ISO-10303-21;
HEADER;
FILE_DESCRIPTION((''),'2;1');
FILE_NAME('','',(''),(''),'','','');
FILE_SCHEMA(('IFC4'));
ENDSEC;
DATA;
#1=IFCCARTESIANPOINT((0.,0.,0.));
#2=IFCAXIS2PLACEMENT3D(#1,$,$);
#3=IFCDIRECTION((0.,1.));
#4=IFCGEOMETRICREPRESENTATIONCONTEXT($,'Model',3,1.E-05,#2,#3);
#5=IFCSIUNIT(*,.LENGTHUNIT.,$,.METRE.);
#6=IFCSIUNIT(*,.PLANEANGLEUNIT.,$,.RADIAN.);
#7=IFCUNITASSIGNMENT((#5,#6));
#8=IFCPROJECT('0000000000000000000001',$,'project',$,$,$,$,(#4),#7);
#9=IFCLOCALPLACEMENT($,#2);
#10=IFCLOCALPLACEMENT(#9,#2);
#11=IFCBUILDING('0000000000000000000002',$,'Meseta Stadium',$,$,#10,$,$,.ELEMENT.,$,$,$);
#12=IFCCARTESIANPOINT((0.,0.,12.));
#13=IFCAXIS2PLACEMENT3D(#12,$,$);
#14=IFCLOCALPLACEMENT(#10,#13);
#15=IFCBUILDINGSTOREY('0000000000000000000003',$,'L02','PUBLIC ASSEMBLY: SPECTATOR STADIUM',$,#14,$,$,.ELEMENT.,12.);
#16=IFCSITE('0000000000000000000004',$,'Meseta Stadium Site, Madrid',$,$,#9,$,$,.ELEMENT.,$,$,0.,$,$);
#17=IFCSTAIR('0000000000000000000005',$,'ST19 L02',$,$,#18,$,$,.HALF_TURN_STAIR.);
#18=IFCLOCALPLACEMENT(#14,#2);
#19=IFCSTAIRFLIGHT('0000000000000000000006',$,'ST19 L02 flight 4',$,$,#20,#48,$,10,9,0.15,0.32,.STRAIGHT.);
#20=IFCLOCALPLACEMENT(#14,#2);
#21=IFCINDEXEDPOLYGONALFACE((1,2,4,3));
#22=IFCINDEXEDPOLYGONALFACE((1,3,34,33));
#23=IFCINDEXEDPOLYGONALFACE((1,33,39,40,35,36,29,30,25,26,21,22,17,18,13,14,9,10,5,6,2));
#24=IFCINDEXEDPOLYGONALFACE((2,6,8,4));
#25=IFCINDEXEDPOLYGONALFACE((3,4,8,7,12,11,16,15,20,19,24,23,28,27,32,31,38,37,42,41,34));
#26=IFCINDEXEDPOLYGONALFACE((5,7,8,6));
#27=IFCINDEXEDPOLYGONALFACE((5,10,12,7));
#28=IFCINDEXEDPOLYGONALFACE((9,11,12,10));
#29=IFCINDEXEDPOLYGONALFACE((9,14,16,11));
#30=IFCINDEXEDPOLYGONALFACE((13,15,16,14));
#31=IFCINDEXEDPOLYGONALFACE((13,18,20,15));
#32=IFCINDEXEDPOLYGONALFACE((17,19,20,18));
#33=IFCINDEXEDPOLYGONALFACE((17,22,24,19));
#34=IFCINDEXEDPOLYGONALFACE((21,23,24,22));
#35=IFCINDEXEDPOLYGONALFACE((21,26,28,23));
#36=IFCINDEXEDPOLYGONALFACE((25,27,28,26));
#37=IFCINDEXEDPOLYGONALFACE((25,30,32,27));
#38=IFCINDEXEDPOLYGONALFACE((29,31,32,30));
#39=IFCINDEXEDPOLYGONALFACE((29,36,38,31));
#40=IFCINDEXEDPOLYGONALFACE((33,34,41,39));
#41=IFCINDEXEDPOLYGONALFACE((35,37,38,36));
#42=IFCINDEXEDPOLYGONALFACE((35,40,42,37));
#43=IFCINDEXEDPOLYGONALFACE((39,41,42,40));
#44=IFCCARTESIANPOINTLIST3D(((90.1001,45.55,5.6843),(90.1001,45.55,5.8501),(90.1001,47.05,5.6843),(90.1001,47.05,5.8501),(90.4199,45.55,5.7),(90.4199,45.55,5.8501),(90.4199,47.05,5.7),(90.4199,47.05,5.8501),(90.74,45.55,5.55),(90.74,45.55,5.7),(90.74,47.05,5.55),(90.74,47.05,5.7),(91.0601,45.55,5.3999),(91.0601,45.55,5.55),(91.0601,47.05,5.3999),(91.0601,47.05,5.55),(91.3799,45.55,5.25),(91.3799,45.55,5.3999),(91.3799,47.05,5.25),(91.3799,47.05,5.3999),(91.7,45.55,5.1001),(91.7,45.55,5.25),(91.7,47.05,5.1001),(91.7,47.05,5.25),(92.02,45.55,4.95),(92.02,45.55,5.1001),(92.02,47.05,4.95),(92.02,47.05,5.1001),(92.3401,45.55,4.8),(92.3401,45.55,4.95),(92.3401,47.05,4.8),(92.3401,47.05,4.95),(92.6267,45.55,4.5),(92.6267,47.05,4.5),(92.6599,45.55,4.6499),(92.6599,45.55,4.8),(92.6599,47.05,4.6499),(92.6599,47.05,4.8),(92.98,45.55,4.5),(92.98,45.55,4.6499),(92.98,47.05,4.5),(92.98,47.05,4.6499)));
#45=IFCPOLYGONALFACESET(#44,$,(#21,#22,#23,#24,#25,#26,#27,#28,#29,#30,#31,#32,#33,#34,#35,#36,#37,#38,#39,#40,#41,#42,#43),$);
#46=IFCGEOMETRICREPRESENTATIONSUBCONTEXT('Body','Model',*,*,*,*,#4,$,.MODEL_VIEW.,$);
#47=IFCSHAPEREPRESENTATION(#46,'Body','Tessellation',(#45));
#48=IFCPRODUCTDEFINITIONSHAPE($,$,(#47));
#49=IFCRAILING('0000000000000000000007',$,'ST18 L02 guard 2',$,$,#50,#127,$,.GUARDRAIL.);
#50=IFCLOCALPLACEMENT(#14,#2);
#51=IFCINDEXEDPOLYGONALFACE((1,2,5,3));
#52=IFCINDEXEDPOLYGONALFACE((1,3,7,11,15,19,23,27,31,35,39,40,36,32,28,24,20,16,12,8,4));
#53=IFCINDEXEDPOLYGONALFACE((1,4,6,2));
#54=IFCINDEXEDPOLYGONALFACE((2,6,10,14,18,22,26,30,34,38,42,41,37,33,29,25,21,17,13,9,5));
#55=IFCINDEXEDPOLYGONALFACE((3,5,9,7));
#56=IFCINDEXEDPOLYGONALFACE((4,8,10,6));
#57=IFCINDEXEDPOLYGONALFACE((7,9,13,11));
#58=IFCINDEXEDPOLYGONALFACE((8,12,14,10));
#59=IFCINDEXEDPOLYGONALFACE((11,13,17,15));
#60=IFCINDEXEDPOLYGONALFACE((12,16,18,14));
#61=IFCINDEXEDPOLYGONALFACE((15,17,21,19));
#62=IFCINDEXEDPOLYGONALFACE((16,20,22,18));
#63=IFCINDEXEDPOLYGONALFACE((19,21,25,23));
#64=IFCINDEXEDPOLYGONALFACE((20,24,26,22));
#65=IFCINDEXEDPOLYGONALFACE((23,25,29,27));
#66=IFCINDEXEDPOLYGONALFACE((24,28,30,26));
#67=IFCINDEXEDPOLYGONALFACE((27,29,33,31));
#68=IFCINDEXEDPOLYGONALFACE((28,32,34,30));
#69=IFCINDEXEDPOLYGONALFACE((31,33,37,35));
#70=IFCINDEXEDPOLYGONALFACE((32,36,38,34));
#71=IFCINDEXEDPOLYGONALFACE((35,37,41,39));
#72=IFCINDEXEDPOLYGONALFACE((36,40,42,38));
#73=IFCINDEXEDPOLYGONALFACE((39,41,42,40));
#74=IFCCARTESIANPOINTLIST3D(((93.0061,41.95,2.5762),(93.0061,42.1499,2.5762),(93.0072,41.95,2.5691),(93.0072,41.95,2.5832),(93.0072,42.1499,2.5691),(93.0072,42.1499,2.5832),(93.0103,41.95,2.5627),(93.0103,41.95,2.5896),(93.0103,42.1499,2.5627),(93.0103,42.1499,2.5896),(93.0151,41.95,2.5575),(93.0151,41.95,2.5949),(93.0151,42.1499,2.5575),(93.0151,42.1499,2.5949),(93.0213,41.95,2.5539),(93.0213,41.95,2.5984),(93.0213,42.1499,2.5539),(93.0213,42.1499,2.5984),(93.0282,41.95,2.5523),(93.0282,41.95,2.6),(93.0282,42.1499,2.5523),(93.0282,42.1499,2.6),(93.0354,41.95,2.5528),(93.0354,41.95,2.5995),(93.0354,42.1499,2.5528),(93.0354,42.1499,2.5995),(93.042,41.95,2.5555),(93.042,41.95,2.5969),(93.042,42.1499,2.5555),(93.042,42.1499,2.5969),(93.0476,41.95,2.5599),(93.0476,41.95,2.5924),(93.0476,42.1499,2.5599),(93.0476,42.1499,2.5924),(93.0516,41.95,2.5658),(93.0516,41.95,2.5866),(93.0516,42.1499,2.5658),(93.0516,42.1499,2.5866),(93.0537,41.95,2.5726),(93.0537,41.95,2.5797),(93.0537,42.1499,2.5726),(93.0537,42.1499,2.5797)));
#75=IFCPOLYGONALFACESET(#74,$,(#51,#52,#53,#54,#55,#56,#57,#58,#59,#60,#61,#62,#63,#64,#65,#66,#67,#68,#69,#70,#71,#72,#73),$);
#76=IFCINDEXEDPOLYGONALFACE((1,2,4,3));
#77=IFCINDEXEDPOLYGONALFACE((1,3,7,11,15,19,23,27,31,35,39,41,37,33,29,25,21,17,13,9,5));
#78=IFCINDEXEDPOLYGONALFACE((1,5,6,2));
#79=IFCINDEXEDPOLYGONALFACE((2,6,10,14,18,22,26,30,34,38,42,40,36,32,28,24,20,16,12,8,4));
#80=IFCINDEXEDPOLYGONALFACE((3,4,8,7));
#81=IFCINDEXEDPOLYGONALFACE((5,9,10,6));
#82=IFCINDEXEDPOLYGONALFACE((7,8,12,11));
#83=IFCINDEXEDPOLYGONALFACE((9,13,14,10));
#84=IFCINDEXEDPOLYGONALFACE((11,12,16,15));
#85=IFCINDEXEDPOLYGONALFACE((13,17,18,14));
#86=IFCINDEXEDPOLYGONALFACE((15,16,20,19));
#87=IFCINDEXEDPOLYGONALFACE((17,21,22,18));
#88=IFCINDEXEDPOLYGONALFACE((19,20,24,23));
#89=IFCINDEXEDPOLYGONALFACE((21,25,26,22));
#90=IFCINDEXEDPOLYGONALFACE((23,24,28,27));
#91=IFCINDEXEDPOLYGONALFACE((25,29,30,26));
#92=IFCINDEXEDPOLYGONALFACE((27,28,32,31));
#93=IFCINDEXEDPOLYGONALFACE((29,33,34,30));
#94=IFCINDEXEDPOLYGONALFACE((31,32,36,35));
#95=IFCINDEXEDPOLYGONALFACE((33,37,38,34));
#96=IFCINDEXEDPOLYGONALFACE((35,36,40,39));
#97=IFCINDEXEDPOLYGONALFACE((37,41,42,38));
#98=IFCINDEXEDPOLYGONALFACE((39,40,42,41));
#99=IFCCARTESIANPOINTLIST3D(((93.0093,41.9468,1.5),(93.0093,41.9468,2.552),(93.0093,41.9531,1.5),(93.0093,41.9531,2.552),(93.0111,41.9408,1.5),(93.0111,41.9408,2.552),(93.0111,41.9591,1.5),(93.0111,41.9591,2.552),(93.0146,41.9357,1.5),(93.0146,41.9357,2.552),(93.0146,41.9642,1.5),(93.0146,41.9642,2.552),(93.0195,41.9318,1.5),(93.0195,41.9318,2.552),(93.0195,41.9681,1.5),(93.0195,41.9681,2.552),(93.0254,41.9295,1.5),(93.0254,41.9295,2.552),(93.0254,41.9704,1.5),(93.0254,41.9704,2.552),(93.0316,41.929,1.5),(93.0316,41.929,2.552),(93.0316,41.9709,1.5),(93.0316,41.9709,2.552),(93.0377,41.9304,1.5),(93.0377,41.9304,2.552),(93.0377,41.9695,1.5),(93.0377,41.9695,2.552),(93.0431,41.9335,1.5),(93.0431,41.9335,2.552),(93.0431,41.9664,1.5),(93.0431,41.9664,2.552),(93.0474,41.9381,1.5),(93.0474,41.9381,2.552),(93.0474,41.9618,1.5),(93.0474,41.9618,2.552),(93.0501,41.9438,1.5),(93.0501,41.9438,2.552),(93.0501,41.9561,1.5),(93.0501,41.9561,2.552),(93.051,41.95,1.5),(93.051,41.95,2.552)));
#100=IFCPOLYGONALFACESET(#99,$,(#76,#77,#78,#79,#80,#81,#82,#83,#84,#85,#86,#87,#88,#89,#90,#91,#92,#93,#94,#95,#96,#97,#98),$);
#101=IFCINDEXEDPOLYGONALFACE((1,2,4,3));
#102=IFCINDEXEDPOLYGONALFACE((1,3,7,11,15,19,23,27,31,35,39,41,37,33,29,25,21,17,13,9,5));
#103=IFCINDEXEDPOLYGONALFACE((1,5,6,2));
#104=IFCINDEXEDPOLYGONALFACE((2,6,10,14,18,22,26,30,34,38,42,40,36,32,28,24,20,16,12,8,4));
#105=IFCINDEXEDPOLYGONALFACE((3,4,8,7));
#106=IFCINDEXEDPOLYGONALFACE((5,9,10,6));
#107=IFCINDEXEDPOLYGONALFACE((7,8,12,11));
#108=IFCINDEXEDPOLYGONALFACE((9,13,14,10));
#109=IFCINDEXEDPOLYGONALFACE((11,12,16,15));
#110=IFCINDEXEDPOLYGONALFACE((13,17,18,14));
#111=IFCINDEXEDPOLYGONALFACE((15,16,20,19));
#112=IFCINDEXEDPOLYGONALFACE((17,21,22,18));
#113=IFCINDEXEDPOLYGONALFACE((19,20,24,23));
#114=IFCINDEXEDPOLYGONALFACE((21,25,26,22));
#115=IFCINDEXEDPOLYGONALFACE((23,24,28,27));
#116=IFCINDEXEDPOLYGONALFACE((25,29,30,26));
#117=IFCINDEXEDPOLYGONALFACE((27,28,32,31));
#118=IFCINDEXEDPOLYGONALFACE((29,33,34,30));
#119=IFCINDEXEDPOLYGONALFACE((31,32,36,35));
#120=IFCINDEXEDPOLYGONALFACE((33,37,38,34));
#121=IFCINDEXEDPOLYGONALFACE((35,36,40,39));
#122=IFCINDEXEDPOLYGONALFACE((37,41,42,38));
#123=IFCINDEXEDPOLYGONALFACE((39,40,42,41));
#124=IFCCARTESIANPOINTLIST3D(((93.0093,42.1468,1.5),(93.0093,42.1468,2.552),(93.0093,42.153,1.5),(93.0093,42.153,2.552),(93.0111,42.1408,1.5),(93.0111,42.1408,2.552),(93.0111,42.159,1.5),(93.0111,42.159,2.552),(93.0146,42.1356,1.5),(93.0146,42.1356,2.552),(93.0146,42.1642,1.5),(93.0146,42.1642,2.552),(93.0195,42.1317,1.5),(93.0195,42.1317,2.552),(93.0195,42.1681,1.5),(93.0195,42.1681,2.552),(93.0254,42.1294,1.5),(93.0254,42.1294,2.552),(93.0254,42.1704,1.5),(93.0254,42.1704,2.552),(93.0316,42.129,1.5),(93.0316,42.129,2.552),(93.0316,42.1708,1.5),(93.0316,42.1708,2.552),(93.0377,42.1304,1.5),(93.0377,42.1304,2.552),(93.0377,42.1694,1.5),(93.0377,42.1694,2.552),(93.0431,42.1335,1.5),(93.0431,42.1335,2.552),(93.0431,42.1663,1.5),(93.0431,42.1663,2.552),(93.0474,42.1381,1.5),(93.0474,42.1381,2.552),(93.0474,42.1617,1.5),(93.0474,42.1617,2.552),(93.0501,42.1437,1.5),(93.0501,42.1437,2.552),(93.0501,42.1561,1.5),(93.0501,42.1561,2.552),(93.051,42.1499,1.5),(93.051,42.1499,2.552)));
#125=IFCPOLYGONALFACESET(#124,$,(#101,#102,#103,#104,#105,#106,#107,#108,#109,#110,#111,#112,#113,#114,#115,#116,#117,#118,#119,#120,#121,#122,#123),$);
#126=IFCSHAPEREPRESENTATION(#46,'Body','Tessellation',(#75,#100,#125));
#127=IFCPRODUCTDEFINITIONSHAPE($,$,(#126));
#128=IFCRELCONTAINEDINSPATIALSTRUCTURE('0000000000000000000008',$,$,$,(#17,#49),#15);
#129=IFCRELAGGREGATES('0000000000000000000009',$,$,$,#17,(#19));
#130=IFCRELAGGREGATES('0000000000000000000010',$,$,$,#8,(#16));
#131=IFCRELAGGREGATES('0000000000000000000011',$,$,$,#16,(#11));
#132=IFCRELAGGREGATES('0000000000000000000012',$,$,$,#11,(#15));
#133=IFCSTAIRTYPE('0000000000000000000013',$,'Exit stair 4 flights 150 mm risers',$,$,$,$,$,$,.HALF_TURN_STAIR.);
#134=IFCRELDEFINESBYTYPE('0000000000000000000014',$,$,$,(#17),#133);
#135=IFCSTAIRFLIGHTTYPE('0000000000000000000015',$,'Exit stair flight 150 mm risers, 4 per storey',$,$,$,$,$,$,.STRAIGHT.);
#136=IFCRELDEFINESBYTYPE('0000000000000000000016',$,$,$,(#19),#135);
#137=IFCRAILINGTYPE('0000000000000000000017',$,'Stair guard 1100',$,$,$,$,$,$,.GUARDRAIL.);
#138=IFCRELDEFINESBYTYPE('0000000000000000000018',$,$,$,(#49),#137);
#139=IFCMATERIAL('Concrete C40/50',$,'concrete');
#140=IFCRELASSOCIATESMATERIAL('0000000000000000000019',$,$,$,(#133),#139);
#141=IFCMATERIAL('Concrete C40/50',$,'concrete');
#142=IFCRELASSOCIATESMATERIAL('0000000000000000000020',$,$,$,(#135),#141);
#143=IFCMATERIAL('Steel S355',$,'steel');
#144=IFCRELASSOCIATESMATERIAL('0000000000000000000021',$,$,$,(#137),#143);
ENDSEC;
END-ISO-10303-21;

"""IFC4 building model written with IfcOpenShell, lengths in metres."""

from ifc_helpers import new_model, si_unit, direction, frame, origin, origin_2d, place, context, subcontext, project, spatial, polyline, circle, outline, extrude, material, type_object, element, aggregate, save


model = new_model("IFC4")

# Units and contexts
model_context = context("Model", 3, precision=1e-05, world=origin(), true_north=direction((0.0, 1.0)))
body_context = subcontext(model_context, "Body", "Model", "MODEL_VIEW")
ifc_project = project(units=[si_unit("LENGTHUNIT", "METRE"), si_unit("PLANEANGLEUNIT", "RADIAN")], contexts=[model_context])

# Site, building, storey
site_placement = place(None, origin())
site = spatial("IfcSite", under=ifc_project, at=site_placement, Name="Meseta Stadium Site, Madrid", CompositionType="ELEMENT", RefElevation=0.0)
building_placement = place(site_placement, origin())
building = spatial("IfcBuilding", under=site, at=building_placement, Name="Meseta Stadium", CompositionType="ELEMENT")
storey_placement = place(building_placement, frame((0.0, 0.0, 12.0)))
storey = spatial("IfcBuildingStorey", under=building, at=storey_placement, Name="L02", Description="PUBLIC ASSEMBLY: SPECTATOR STADIUM", CompositionType="ELEMENT", Elevation=12.0)

# Stair, stair flight
ifc_material_1 = material(Name="Concrete C40/50", Category="concrete")
stair_type = type_object("IfcStairType", Name="Exit stair 4 flights 150 mm risers", PredefinedType="HALF_TURN_STAIR", material=ifc_material_1)
ifc_material_2 = material(Name="Concrete C40/50", Category="concrete")
stair_flight_type = type_object("IfcStairFlightType", Name="Exit stair flight 150 mm risers, 4 per storey", PredefinedType="STRAIGHT", material=ifc_material_2)
stair_1_placement = place(storey_placement, origin())
stair_1 = element("IfcStair", 1, at=stair_1_placement, inside=storey, type_object=stair_type, Name="ST19 L02", PredefinedType="HALF_TURN_STAIR")
stair_flight_1_placement = place(storey_placement, frame((92.98, 46.3, 4.5), z_axis=(0.0, 0.0, 1.0), x_axis=(-1.0, 0.0, 0.0)))
stair_flight_1 = element("IfcStairFlight", 2, at=stair_flight_1_placement, type_object=stair_flight_type, Name="ST19 L02 flight 4", NumberOfRisers=10, NumberOfTreads=9, PredefinedType="STRAIGHT", RiserHeight=0.15, TreadLength=0.32, context=body_context, shape_type="SweptSolid", body=[
    extrude(outline(polyline([(0.0, 0.0), (0.0, 0.1499), (0.3201, 0.1499), (0.3201, 0.3), (0.6399, 0.3), (0.6399, 0.45), (0.96, 0.45), (0.96, 0.6001), (1.28, 0.6001), (1.28, 0.75), (1.6001, 0.75), (1.6001, 0.8999), (1.9199, 0.8999), (1.9199, 1.05), (2.24, 1.05), (2.24, 1.2), (2.5601, 1.2), (2.5601, 1.3501), (2.8799, 1.3501), (2.8799, 1.1843), (0.3533, 0.0), (0.0, 0.0)])), frame((0.0, 0.75, 0.0), z_axis=(0.0, -1.0, 0.0), x_axis=(1.0, 0.0, 0.0)), (0.0, 0.0, 1.0), 1.5),
])
aggregate(stair_1, [stair_flight_1])

# Railing
ifc_material_3 = material(Name="Steel S355", Category="steel")
railing_type_1 = type_object("IfcRailingType", Name="Stair guard 1100", PredefinedType="GUARDRAIL", material=ifc_material_3)
railing_1_placement = place(storey_placement, frame((93.03, 41.95, 1.5)))
element("IfcRailing", 3, at=railing_1_placement, inside=storey, type_object=railing_type_1, Name="ST18 L02 guard 2", PredefinedType="GUARDRAIL", context=body_context, shape_type="SweptSolid", body=[
    extrude(circle(Radius=0.0239, at=origin_2d()), frame((0.0, 0.0, 1.0762), z_axis=(0.0, 1.0, 0.0), x_axis=(-1.0, 0.0, 0.0)), (0.0, 0.0, 1.0), 0.2),
    extrude(circle(Radius=0.021, at=origin_2d()), origin(), (0.0, 0.0, 1.0), 1.052),
    extrude(circle(Radius=0.021, at=origin_2d()), frame((0.0, 0.2, 0.0)), (0.0, 0.0, 1.0), 1.052),
])

save(model, "model.ifc")
